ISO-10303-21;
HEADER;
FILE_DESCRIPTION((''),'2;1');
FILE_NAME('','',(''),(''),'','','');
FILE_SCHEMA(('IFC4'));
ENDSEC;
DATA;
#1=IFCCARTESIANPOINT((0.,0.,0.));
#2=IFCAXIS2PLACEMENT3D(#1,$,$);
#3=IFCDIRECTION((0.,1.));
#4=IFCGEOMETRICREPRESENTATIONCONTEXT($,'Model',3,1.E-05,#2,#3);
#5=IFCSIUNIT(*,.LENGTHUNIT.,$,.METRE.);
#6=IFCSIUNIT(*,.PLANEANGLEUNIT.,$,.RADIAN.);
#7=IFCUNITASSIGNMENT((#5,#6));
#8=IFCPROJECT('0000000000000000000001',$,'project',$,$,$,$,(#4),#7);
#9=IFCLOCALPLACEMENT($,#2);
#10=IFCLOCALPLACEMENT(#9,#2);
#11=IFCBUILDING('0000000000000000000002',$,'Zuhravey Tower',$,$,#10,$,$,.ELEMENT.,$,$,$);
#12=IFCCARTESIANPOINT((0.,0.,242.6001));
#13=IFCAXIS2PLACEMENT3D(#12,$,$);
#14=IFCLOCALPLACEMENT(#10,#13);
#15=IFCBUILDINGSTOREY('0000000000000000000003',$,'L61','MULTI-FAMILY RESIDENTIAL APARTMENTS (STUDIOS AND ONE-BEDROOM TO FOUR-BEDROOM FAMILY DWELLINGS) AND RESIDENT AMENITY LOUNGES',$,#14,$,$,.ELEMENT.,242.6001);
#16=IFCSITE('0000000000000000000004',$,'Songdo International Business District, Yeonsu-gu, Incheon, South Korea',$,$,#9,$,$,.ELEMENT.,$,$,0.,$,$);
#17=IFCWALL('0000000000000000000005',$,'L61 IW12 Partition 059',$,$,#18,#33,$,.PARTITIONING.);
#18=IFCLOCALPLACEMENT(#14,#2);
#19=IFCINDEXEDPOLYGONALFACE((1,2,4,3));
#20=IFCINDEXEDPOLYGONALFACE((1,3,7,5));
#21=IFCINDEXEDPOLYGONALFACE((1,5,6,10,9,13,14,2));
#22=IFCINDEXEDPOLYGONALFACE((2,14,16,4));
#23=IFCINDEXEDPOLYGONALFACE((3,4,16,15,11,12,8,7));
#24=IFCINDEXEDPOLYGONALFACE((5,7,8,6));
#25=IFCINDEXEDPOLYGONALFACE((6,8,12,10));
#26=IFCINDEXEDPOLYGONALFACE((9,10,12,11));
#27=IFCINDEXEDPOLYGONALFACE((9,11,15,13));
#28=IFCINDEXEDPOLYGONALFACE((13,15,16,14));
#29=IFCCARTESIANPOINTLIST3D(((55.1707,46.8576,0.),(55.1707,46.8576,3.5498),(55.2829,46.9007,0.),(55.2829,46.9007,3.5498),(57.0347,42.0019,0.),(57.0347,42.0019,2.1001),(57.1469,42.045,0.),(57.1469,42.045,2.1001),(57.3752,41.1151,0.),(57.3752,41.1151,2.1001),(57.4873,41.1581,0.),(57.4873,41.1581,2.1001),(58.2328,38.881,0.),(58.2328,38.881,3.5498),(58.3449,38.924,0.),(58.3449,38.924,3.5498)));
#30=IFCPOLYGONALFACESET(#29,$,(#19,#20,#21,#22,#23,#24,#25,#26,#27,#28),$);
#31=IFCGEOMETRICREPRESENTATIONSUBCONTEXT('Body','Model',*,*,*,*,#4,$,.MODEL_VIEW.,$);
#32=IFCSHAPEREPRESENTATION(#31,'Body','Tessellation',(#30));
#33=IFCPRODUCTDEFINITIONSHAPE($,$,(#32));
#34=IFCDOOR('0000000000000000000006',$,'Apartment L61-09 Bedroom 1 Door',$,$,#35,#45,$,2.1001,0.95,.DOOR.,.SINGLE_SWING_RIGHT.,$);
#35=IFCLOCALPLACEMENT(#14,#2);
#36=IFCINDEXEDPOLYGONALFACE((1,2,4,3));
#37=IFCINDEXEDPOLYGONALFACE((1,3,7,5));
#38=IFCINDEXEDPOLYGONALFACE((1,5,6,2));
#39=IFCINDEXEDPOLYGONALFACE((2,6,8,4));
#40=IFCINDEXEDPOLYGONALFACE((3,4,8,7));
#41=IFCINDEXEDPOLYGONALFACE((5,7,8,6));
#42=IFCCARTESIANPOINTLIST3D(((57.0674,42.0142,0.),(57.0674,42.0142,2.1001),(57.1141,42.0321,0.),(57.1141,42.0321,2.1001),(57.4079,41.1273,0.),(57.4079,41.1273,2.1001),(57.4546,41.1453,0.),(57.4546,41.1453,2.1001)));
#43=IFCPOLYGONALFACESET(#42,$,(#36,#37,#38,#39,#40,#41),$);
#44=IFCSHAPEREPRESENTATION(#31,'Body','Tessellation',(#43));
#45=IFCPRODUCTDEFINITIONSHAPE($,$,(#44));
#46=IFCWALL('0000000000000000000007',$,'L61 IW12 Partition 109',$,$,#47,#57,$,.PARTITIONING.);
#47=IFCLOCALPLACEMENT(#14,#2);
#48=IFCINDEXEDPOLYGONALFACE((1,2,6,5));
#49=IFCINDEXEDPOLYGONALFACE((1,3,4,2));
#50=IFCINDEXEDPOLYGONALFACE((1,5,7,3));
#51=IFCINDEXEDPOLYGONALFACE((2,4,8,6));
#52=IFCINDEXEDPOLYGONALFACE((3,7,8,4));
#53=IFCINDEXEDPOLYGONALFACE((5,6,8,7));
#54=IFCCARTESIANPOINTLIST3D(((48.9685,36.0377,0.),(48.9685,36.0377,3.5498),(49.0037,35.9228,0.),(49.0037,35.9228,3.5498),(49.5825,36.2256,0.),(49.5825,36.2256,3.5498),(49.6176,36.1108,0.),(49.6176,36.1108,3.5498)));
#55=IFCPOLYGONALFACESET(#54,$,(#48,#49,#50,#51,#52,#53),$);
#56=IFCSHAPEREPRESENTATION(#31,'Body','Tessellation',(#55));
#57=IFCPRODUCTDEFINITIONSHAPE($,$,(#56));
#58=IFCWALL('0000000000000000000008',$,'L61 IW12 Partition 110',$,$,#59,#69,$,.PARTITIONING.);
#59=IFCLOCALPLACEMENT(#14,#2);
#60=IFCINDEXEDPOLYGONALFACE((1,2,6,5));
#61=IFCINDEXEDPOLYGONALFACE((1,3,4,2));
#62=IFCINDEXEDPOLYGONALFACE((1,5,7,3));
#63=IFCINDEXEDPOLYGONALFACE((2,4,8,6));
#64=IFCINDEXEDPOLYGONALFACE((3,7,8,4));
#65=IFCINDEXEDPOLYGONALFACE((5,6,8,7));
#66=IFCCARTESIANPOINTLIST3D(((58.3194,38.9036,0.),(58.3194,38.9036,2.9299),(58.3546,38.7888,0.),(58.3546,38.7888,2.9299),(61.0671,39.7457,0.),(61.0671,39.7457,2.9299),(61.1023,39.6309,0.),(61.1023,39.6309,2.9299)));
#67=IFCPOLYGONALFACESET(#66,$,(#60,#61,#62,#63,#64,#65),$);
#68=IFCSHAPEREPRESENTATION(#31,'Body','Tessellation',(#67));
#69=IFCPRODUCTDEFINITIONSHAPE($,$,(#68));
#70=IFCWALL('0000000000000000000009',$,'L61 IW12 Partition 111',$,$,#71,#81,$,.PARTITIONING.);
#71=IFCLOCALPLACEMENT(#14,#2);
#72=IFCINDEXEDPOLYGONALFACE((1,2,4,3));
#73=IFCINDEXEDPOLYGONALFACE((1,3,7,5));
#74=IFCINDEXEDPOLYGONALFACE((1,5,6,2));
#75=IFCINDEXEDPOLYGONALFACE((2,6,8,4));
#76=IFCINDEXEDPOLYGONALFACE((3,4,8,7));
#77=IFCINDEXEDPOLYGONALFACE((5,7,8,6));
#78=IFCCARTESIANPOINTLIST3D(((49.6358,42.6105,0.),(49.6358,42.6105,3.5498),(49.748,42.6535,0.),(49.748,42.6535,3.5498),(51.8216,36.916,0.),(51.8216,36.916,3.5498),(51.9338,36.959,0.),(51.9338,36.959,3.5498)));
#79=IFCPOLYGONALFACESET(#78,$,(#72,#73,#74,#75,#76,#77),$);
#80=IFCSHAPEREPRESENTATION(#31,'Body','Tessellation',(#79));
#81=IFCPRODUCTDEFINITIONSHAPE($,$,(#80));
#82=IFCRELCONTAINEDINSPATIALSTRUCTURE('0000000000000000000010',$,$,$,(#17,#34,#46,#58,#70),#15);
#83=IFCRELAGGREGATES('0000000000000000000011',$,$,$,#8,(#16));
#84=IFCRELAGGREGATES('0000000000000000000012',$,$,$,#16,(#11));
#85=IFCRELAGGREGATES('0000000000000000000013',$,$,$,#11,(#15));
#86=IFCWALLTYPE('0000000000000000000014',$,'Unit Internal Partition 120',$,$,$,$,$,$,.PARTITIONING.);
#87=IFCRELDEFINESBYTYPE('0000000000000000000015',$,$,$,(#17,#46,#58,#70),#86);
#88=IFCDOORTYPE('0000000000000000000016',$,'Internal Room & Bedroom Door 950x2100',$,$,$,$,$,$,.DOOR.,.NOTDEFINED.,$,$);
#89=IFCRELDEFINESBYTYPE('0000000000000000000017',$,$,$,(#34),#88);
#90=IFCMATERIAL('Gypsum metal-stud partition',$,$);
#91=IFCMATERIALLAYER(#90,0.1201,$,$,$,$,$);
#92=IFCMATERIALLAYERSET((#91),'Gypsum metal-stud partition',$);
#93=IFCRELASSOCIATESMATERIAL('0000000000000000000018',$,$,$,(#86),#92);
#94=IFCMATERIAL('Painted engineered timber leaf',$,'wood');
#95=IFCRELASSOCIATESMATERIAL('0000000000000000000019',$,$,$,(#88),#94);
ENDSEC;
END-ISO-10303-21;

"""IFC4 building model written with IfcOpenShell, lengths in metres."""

from ifc_helpers import new_model, si_unit, direction, frame, frame_2d, origin, place, context, subcontext, project, spatial, rectangle, extrude, material, layer, layer_set, type_object, element, fill, save


model = new_model("IFC4")

# Units and contexts
model_context = context("Model", 3, precision=1e-05, world=origin(), true_north=direction((0.0, 1.0)))
body_context = subcontext(model_context, "Body", "Model", "MODEL_VIEW")
ifc_project = project(units=[si_unit("LENGTHUNIT", "METRE"), si_unit("PLANEANGLEUNIT", "RADIAN")], contexts=[model_context])

# Site, building, storey
site_placement = place(None, origin())
site = spatial("IfcSite", under=ifc_project, at=site_placement, Name="Songdo International Business District, Yeonsu-gu, Incheon, South Korea", CompositionType="ELEMENT", RefElevation=0.0)
building_placement = place(site_placement, origin())
building = spatial("IfcBuilding", under=site, at=building_placement, Name="Zuhravey Tower", CompositionType="ELEMENT")
storey_placement = place(building_placement, frame((0.0, 0.0, 242.6001)))
storey = spatial("IfcBuildingStorey", under=building, at=storey_placement, Name="L61", Description="MULTI-FAMILY RESIDENTIAL APARTMENTS (STUDIOS AND ONE-BEDROOM TO FOUR-BEDROOM FAMILY DWELLINGS) AND RESIDENT AMENITY LOUNGES", CompositionType="ELEMENT", Elevation=242.6001)

# Wall, opening, door
ifc_material_1 = material(Name="Gypsum metal-stud partition")
ifc_layer_1 = layer(ifc_material_1, 0.1201)
ifc_layer_set_1 = layer_set([ifc_layer_1], Name="Gypsum metal-stud partition")
wall_type_1 = type_object("IfcWallType", Name="Unit Internal Partition 120", PredefinedType="PARTITIONING", material=ifc_layer_set_1)
ifc_material_2 = material(Name="Painted engineered timber leaf", Category="wood")
door_type_1 = type_object("IfcDoorType", Name="Internal Room & Bedroom Door 950x2100", OperationType="NOTDEFINED", PredefinedType="DOOR", material=ifc_material_2)
wall_1_placement = place(storey_placement, frame((58.2888, 38.9026, 0.0), z_axis=(0.0, 0.0, 1.0), x_axis=(-0.358378, 0.933577, 0.0)))
wall_1 = element("IfcWall", 1, at=wall_1_placement, inside=storey, type_object=wall_type_1, Name="L61 IW12 Partition 059", PredefinedType="PARTITIONING", context=body_context, shape_type="SweptSolid", body=[
    extrude(rectangle(XDim=8.5442, YDim=0.1201, at=frame_2d((4.272, 0.0))), origin(), (0.0, 0.0, 1.0), 3.5498),
])
opening_1_placement = place(wall_1_placement, frame((2.3928, 0.0, 0.0)))
opening_1 = element("IfcOpeningElement", 2, at=opening_1_placement, cuts=wall_1, PredefinedType="OPENING", context=body_context, shape_type="SweptSolid", body=[
    extrude(rectangle(XDim=0.95, YDim=2.1001, at=frame_2d((0.4751, 1.05))), frame((0.0, 0.072, 0.0), z_axis=(0.0, -1.0, 0.0), x_axis=(1.0, 0.0, 0.0)), (0.0, 0.0, 1.0), 0.144),
])
door_1_placement = place(opening_1_placement, frame((0.95, 0.0, 0.0), z_axis=(0.0, 0.0, 1.0), x_axis=(-1.0, 0.0, 0.0)))
door_1 = element("IfcDoor", 3, at=door_1_placement, inside=storey, type_object=door_type_1, Name="Apartment L61-09 Bedroom 1 Door", OperationType="SINGLE_SWING_RIGHT", OverallHeight=2.1001, OverallWidth=0.95, PredefinedType="DOOR", context=body_context, shape_type="SweptSolid", body=[
    extrude(rectangle(XDim=0.95, YDim=2.1001, at=frame_2d((0.4751, 1.05))), frame((0.0, 0.0249, 0.0), z_axis=(0.0, -1.0, 0.0), x_axis=(1.0, 0.0, 0.0)), (0.0, 0.0, 1.0), 0.05),
])
fill(opening_1, door_1)

# Walls
wall_2_placement = place(storey_placement, frame((48.9861, 35.9802, 0.0), z_axis=(0.0, 0.0, 1.0), x_axis=(0.956189, 0.29275, 0.0)))
element("IfcWall", 4, at=wall_2_placement, inside=storey, type_object=wall_type_1, Name="L61 IW12 Partition 109", PredefinedType="PARTITIONING", context=body_context, shape_type="SweptSolid", body=[
    extrude(rectangle(XDim=0.6421, YDim=0.1201, at=frame_2d((0.321, 0.0))), origin(), (0.0, 0.0, 1.0), 3.5498),
])
wall_3_placement = place(storey_placement, frame((58.3369, 38.8462, 0.0), z_axis=(0.0, 0.0, 1.0), x_axis=(0.956107, 0.293017, 0.0)))
element("IfcWall", 5, at=wall_3_placement, inside=storey, type_object=wall_type_1, Name="L61 IW12 Partition 110", PredefinedType="PARTITIONING", context=body_context, shape_type="SweptSolid", body=[
    extrude(rectangle(XDim=2.8738, YDim=0.1201, at=frame_2d((1.437, 0.0))), origin(), (0.0, 0.0, 1.0), 2.9299),
])
wall_4_placement = place(storey_placement, frame((51.8777, 36.9375, 0.0), z_axis=(0.0, 0.0, 1.0), x_axis=(-0.358346, 0.933589, 0.0)))
element("IfcWall", 6, at=wall_4_placement, inside=storey, type_object=wall_type_1, Name="L61 IW12 Partition 111", PredefinedType="PARTITIONING", context=body_context, shape_type="SweptSolid", body=[
    extrude(rectangle(XDim=6.0996, YDim=0.1201, at=frame_2d((3.0498, 0.0))), origin(), (0.0, 0.0, 1.0), 3.5498),
])

save(model, "model.ifc")
